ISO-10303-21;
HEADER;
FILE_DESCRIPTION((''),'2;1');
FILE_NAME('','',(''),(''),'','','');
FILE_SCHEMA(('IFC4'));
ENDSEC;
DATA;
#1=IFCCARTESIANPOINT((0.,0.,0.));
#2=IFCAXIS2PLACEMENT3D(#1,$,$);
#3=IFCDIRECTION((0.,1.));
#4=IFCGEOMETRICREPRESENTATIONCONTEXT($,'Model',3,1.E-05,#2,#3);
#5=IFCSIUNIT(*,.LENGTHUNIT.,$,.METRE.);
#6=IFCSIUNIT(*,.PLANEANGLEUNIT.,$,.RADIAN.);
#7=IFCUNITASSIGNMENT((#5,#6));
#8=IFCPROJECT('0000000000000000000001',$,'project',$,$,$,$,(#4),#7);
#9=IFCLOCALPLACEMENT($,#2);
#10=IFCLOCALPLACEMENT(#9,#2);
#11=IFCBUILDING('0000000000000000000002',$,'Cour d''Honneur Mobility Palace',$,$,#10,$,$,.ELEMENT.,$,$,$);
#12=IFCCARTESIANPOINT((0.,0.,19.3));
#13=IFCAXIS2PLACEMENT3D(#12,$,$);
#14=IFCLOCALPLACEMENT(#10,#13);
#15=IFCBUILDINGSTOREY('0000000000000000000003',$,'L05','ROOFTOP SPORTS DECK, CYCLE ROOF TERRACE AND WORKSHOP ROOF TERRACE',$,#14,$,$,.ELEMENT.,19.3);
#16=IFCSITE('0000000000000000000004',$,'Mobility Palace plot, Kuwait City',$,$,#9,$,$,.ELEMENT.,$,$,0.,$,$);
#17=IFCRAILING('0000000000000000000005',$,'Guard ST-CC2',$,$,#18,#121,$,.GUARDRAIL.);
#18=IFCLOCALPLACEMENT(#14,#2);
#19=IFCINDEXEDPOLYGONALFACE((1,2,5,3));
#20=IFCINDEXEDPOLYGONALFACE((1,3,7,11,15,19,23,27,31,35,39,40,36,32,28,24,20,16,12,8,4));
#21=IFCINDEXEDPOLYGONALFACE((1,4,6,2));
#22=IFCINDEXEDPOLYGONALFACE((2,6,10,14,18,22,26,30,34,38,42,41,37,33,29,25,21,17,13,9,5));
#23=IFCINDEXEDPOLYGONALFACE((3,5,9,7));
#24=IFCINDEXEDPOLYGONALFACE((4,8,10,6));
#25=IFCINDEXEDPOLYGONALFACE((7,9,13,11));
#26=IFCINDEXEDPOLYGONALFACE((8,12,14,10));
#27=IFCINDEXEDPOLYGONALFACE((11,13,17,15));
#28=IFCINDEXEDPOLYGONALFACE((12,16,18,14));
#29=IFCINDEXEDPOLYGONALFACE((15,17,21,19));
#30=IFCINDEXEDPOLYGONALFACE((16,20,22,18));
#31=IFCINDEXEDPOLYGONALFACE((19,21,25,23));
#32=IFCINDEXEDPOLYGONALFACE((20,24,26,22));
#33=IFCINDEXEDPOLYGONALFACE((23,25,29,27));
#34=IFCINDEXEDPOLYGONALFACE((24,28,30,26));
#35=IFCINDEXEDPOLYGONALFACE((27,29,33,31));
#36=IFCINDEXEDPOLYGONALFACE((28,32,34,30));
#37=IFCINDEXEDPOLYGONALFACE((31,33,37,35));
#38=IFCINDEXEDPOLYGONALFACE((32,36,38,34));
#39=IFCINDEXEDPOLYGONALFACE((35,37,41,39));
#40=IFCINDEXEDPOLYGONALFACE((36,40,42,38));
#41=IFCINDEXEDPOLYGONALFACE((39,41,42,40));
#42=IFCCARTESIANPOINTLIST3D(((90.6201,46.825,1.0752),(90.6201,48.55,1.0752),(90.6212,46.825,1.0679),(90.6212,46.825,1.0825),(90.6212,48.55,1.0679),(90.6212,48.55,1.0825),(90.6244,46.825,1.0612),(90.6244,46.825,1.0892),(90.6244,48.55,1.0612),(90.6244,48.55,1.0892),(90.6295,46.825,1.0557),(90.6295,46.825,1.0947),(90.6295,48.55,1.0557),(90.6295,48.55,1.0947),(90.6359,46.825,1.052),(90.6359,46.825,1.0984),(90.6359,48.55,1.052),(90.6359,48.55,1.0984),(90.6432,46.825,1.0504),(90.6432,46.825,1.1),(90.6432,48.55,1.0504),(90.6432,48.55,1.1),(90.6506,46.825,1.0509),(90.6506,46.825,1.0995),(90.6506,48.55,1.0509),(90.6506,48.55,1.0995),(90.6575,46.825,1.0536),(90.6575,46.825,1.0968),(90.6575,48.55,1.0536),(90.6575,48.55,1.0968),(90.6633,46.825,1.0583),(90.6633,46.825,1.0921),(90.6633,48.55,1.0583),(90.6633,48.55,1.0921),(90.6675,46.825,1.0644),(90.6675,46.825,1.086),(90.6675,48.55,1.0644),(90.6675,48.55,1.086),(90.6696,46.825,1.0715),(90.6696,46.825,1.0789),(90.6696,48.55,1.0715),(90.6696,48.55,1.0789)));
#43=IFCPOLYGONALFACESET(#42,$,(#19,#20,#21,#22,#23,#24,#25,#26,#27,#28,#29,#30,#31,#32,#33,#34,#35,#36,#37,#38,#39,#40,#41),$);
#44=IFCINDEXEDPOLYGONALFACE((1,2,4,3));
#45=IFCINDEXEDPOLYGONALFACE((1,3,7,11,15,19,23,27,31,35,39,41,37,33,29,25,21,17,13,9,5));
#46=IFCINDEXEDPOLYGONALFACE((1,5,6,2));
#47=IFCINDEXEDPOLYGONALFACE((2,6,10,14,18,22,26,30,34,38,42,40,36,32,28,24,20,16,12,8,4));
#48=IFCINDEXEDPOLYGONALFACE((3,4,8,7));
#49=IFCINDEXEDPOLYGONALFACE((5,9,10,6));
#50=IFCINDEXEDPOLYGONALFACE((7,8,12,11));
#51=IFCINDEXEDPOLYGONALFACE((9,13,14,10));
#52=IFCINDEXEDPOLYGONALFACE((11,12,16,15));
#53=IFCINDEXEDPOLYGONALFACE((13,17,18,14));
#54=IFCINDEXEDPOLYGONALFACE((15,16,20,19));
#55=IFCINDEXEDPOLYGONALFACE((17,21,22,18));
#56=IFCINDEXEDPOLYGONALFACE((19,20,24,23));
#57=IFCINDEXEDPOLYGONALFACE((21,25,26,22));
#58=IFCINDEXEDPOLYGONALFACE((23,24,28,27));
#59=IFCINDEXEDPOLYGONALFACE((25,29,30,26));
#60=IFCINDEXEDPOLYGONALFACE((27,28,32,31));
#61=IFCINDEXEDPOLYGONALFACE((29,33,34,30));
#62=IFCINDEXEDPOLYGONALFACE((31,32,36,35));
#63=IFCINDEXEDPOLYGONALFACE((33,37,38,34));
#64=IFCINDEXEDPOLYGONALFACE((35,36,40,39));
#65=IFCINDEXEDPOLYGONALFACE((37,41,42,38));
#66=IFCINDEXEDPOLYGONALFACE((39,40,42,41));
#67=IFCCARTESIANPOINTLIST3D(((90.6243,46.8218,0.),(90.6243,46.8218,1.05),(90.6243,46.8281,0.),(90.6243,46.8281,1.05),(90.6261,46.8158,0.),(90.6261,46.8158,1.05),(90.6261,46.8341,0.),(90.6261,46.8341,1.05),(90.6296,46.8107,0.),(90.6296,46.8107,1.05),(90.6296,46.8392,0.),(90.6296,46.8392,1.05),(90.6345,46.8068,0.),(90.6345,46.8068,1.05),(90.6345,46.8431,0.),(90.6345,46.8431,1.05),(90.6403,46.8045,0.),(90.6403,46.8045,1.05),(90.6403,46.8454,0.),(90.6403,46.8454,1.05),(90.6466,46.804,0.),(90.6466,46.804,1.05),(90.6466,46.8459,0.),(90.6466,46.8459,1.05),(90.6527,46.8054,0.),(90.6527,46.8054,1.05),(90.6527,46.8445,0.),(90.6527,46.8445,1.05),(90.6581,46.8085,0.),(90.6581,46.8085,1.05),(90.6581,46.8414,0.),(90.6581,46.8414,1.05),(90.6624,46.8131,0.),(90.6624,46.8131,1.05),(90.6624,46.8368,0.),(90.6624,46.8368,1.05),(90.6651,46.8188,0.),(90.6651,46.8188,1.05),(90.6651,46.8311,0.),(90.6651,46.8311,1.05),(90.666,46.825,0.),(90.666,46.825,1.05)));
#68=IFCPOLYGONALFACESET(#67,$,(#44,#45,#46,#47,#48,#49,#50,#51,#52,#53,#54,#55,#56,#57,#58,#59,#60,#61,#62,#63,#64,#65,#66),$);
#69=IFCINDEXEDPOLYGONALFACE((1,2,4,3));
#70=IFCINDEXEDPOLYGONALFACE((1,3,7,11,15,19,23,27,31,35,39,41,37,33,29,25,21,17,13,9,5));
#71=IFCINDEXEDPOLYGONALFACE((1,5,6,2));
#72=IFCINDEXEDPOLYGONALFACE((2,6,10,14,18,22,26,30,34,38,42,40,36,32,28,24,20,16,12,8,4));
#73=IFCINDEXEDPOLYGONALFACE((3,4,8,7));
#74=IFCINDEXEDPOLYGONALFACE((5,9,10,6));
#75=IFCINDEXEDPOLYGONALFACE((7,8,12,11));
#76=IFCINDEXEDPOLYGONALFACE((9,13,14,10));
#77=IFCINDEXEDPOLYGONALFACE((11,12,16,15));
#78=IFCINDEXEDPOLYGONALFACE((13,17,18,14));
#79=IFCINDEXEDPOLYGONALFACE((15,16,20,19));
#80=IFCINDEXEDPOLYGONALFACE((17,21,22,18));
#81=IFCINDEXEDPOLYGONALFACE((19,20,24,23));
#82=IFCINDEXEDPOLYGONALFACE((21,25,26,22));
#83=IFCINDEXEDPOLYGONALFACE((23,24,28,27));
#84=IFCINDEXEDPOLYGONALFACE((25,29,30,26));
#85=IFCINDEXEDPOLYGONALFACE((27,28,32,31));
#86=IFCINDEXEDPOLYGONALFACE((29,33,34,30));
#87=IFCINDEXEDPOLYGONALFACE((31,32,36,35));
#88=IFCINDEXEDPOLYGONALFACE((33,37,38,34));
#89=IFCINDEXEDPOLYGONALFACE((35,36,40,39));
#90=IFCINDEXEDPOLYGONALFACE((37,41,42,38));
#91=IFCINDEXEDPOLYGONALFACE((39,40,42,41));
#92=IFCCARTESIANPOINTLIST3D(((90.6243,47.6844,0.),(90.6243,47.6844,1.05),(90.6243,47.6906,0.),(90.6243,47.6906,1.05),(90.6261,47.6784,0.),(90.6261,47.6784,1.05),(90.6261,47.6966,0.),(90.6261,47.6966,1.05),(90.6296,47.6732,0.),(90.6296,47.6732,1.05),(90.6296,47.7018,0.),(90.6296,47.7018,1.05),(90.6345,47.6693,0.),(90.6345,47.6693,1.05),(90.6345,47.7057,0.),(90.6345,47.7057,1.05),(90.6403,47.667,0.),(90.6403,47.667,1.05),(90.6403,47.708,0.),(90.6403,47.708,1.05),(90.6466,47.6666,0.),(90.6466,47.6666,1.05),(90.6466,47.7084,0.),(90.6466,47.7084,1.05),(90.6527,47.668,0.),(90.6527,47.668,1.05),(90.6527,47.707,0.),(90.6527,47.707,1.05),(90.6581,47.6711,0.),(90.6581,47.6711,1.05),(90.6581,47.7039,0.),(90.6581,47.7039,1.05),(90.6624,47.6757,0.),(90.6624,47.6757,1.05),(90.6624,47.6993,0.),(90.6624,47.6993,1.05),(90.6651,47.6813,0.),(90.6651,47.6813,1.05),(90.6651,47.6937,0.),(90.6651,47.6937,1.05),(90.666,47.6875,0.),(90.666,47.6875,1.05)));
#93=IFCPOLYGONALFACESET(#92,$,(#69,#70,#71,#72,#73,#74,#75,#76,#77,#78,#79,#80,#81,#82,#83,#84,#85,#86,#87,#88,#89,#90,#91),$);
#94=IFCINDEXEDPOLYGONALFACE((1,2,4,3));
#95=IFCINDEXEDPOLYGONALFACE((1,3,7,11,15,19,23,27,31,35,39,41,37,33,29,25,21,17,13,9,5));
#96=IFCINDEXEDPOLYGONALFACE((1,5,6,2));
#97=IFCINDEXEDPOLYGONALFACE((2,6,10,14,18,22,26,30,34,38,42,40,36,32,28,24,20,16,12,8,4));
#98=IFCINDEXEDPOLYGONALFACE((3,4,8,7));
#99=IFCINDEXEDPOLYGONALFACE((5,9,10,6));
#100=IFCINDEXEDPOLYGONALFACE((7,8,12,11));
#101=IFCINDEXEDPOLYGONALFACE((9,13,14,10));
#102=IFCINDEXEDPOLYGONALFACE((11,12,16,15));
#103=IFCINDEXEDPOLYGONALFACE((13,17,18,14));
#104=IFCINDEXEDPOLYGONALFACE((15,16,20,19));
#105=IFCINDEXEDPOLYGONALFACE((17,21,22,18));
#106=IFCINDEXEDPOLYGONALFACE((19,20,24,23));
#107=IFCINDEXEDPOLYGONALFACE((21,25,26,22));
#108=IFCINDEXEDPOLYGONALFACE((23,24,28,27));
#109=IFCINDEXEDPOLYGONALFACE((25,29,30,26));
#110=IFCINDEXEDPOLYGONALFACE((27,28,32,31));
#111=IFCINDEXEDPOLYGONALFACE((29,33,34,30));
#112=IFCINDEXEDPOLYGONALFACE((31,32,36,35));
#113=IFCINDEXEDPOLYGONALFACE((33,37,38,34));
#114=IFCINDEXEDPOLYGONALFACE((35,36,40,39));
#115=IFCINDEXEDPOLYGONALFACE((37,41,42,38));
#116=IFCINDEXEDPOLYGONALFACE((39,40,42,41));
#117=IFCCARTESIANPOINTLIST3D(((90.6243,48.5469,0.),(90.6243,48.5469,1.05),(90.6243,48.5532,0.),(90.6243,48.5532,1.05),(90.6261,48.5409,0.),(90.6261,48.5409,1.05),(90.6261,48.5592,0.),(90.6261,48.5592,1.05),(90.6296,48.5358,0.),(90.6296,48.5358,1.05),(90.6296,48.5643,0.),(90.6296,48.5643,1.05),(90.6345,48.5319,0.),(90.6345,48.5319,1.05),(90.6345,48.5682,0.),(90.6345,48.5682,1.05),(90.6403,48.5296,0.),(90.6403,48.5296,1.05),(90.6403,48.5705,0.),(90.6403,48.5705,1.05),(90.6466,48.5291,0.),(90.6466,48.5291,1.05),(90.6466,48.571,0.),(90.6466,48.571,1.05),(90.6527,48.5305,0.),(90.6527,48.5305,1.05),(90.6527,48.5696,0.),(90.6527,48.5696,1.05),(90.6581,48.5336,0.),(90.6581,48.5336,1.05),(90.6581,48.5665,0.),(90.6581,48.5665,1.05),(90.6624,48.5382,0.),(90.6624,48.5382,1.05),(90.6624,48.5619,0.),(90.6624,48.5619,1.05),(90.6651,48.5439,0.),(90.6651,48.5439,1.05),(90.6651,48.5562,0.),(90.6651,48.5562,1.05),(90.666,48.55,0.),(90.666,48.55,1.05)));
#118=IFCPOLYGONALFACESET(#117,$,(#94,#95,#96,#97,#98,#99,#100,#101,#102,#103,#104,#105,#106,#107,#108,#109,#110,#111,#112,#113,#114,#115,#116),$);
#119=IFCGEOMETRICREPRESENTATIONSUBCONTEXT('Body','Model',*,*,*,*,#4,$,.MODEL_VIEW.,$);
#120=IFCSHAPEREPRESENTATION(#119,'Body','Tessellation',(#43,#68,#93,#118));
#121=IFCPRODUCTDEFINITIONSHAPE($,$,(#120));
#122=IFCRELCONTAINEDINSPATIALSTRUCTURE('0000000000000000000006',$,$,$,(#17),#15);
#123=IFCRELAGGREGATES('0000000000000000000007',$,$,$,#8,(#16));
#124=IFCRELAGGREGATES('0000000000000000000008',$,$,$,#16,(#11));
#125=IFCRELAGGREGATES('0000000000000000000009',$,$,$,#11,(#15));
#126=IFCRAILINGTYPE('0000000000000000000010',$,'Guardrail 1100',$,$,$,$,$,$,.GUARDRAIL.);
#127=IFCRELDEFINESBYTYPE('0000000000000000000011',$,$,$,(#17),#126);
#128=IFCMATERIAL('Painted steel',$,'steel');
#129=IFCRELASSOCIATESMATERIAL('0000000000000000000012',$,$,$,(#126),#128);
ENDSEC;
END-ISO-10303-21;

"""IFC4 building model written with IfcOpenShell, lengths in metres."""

from ifc_helpers import new_model, si_unit, direction, frame, origin, origin_2d, place, context, subcontext, project, spatial, circle, extrude, material, type_object, element, save


model = new_model("IFC4")

# Units and contexts
model_context = context("Model", 3, precision=1e-05, world=origin(), true_north=direction((0.0, 1.0)))
body_context = subcontext(model_context, "Body", "Model", "MODEL_VIEW")
ifc_project = project(units=[si_unit("LENGTHUNIT", "METRE"), si_unit("PLANEANGLEUNIT", "RADIAN")], contexts=[model_context])

# Site, building, storey
site_placement = place(None, origin())
site = spatial("IfcSite", under=ifc_project, at=site_placement, Name="Mobility Palace plot, Kuwait City", CompositionType="ELEMENT", RefElevation=0.0)
building_placement = place(site_placement, origin())
building = spatial("IfcBuilding", under=site, at=building_placement, Name="Cour d'Honneur Mobility Palace", CompositionType="ELEMENT")
storey_placement = place(building_placement, frame((0.0, 0.0, 19.3)))
storey = spatial("IfcBuildingStorey", under=building, at=storey_placement, Name="L05", Description="ROOFTOP SPORTS DECK, CYCLE ROOF TERRACE AND WORKSHOP ROOF TERRACE", CompositionType="ELEMENT", Elevation=19.3)

# Railing
ifc_material_1 = material(Name="Painted steel", Category="steel")
railing_type = type_object("IfcRailingType", Name="Guardrail 1100", PredefinedType="GUARDRAIL", material=ifc_material_1)
railing_1_placement = place(storey_placement, frame((90.645, 46.825, 0.0)))
element("IfcRailing", 1, at=railing_1_placement, inside=storey, type_object=railing_type, Name="Guard ST-CC2", PredefinedType="GUARDRAIL", context=body_context, shape_type="SweptSolid", body=[
    extrude(circle(Radius=0.0249, at=origin_2d()), frame((0.0, 0.0, 1.0752), z_axis=(0.0, 1.0, 0.0), x_axis=(-1.0, 0.0, 0.0)), (0.0, 0.0, 1.0), 1.7251),
    extrude(circle(Radius=0.021, at=origin_2d()), origin(), (0.0, 0.0, 1.0), 1.05),
    extrude(circle(Radius=0.021, at=origin_2d()), frame((0.0, 0.8625, 0.0)), (0.0, 0.0, 1.0), 1.05),
    extrude(circle(Radius=0.021, at=origin_2d()), frame((0.0, 1.7251, 0.0)), (0.0, 0.0, 1.0), 1.05),
])

save(model, "model.ifc")
